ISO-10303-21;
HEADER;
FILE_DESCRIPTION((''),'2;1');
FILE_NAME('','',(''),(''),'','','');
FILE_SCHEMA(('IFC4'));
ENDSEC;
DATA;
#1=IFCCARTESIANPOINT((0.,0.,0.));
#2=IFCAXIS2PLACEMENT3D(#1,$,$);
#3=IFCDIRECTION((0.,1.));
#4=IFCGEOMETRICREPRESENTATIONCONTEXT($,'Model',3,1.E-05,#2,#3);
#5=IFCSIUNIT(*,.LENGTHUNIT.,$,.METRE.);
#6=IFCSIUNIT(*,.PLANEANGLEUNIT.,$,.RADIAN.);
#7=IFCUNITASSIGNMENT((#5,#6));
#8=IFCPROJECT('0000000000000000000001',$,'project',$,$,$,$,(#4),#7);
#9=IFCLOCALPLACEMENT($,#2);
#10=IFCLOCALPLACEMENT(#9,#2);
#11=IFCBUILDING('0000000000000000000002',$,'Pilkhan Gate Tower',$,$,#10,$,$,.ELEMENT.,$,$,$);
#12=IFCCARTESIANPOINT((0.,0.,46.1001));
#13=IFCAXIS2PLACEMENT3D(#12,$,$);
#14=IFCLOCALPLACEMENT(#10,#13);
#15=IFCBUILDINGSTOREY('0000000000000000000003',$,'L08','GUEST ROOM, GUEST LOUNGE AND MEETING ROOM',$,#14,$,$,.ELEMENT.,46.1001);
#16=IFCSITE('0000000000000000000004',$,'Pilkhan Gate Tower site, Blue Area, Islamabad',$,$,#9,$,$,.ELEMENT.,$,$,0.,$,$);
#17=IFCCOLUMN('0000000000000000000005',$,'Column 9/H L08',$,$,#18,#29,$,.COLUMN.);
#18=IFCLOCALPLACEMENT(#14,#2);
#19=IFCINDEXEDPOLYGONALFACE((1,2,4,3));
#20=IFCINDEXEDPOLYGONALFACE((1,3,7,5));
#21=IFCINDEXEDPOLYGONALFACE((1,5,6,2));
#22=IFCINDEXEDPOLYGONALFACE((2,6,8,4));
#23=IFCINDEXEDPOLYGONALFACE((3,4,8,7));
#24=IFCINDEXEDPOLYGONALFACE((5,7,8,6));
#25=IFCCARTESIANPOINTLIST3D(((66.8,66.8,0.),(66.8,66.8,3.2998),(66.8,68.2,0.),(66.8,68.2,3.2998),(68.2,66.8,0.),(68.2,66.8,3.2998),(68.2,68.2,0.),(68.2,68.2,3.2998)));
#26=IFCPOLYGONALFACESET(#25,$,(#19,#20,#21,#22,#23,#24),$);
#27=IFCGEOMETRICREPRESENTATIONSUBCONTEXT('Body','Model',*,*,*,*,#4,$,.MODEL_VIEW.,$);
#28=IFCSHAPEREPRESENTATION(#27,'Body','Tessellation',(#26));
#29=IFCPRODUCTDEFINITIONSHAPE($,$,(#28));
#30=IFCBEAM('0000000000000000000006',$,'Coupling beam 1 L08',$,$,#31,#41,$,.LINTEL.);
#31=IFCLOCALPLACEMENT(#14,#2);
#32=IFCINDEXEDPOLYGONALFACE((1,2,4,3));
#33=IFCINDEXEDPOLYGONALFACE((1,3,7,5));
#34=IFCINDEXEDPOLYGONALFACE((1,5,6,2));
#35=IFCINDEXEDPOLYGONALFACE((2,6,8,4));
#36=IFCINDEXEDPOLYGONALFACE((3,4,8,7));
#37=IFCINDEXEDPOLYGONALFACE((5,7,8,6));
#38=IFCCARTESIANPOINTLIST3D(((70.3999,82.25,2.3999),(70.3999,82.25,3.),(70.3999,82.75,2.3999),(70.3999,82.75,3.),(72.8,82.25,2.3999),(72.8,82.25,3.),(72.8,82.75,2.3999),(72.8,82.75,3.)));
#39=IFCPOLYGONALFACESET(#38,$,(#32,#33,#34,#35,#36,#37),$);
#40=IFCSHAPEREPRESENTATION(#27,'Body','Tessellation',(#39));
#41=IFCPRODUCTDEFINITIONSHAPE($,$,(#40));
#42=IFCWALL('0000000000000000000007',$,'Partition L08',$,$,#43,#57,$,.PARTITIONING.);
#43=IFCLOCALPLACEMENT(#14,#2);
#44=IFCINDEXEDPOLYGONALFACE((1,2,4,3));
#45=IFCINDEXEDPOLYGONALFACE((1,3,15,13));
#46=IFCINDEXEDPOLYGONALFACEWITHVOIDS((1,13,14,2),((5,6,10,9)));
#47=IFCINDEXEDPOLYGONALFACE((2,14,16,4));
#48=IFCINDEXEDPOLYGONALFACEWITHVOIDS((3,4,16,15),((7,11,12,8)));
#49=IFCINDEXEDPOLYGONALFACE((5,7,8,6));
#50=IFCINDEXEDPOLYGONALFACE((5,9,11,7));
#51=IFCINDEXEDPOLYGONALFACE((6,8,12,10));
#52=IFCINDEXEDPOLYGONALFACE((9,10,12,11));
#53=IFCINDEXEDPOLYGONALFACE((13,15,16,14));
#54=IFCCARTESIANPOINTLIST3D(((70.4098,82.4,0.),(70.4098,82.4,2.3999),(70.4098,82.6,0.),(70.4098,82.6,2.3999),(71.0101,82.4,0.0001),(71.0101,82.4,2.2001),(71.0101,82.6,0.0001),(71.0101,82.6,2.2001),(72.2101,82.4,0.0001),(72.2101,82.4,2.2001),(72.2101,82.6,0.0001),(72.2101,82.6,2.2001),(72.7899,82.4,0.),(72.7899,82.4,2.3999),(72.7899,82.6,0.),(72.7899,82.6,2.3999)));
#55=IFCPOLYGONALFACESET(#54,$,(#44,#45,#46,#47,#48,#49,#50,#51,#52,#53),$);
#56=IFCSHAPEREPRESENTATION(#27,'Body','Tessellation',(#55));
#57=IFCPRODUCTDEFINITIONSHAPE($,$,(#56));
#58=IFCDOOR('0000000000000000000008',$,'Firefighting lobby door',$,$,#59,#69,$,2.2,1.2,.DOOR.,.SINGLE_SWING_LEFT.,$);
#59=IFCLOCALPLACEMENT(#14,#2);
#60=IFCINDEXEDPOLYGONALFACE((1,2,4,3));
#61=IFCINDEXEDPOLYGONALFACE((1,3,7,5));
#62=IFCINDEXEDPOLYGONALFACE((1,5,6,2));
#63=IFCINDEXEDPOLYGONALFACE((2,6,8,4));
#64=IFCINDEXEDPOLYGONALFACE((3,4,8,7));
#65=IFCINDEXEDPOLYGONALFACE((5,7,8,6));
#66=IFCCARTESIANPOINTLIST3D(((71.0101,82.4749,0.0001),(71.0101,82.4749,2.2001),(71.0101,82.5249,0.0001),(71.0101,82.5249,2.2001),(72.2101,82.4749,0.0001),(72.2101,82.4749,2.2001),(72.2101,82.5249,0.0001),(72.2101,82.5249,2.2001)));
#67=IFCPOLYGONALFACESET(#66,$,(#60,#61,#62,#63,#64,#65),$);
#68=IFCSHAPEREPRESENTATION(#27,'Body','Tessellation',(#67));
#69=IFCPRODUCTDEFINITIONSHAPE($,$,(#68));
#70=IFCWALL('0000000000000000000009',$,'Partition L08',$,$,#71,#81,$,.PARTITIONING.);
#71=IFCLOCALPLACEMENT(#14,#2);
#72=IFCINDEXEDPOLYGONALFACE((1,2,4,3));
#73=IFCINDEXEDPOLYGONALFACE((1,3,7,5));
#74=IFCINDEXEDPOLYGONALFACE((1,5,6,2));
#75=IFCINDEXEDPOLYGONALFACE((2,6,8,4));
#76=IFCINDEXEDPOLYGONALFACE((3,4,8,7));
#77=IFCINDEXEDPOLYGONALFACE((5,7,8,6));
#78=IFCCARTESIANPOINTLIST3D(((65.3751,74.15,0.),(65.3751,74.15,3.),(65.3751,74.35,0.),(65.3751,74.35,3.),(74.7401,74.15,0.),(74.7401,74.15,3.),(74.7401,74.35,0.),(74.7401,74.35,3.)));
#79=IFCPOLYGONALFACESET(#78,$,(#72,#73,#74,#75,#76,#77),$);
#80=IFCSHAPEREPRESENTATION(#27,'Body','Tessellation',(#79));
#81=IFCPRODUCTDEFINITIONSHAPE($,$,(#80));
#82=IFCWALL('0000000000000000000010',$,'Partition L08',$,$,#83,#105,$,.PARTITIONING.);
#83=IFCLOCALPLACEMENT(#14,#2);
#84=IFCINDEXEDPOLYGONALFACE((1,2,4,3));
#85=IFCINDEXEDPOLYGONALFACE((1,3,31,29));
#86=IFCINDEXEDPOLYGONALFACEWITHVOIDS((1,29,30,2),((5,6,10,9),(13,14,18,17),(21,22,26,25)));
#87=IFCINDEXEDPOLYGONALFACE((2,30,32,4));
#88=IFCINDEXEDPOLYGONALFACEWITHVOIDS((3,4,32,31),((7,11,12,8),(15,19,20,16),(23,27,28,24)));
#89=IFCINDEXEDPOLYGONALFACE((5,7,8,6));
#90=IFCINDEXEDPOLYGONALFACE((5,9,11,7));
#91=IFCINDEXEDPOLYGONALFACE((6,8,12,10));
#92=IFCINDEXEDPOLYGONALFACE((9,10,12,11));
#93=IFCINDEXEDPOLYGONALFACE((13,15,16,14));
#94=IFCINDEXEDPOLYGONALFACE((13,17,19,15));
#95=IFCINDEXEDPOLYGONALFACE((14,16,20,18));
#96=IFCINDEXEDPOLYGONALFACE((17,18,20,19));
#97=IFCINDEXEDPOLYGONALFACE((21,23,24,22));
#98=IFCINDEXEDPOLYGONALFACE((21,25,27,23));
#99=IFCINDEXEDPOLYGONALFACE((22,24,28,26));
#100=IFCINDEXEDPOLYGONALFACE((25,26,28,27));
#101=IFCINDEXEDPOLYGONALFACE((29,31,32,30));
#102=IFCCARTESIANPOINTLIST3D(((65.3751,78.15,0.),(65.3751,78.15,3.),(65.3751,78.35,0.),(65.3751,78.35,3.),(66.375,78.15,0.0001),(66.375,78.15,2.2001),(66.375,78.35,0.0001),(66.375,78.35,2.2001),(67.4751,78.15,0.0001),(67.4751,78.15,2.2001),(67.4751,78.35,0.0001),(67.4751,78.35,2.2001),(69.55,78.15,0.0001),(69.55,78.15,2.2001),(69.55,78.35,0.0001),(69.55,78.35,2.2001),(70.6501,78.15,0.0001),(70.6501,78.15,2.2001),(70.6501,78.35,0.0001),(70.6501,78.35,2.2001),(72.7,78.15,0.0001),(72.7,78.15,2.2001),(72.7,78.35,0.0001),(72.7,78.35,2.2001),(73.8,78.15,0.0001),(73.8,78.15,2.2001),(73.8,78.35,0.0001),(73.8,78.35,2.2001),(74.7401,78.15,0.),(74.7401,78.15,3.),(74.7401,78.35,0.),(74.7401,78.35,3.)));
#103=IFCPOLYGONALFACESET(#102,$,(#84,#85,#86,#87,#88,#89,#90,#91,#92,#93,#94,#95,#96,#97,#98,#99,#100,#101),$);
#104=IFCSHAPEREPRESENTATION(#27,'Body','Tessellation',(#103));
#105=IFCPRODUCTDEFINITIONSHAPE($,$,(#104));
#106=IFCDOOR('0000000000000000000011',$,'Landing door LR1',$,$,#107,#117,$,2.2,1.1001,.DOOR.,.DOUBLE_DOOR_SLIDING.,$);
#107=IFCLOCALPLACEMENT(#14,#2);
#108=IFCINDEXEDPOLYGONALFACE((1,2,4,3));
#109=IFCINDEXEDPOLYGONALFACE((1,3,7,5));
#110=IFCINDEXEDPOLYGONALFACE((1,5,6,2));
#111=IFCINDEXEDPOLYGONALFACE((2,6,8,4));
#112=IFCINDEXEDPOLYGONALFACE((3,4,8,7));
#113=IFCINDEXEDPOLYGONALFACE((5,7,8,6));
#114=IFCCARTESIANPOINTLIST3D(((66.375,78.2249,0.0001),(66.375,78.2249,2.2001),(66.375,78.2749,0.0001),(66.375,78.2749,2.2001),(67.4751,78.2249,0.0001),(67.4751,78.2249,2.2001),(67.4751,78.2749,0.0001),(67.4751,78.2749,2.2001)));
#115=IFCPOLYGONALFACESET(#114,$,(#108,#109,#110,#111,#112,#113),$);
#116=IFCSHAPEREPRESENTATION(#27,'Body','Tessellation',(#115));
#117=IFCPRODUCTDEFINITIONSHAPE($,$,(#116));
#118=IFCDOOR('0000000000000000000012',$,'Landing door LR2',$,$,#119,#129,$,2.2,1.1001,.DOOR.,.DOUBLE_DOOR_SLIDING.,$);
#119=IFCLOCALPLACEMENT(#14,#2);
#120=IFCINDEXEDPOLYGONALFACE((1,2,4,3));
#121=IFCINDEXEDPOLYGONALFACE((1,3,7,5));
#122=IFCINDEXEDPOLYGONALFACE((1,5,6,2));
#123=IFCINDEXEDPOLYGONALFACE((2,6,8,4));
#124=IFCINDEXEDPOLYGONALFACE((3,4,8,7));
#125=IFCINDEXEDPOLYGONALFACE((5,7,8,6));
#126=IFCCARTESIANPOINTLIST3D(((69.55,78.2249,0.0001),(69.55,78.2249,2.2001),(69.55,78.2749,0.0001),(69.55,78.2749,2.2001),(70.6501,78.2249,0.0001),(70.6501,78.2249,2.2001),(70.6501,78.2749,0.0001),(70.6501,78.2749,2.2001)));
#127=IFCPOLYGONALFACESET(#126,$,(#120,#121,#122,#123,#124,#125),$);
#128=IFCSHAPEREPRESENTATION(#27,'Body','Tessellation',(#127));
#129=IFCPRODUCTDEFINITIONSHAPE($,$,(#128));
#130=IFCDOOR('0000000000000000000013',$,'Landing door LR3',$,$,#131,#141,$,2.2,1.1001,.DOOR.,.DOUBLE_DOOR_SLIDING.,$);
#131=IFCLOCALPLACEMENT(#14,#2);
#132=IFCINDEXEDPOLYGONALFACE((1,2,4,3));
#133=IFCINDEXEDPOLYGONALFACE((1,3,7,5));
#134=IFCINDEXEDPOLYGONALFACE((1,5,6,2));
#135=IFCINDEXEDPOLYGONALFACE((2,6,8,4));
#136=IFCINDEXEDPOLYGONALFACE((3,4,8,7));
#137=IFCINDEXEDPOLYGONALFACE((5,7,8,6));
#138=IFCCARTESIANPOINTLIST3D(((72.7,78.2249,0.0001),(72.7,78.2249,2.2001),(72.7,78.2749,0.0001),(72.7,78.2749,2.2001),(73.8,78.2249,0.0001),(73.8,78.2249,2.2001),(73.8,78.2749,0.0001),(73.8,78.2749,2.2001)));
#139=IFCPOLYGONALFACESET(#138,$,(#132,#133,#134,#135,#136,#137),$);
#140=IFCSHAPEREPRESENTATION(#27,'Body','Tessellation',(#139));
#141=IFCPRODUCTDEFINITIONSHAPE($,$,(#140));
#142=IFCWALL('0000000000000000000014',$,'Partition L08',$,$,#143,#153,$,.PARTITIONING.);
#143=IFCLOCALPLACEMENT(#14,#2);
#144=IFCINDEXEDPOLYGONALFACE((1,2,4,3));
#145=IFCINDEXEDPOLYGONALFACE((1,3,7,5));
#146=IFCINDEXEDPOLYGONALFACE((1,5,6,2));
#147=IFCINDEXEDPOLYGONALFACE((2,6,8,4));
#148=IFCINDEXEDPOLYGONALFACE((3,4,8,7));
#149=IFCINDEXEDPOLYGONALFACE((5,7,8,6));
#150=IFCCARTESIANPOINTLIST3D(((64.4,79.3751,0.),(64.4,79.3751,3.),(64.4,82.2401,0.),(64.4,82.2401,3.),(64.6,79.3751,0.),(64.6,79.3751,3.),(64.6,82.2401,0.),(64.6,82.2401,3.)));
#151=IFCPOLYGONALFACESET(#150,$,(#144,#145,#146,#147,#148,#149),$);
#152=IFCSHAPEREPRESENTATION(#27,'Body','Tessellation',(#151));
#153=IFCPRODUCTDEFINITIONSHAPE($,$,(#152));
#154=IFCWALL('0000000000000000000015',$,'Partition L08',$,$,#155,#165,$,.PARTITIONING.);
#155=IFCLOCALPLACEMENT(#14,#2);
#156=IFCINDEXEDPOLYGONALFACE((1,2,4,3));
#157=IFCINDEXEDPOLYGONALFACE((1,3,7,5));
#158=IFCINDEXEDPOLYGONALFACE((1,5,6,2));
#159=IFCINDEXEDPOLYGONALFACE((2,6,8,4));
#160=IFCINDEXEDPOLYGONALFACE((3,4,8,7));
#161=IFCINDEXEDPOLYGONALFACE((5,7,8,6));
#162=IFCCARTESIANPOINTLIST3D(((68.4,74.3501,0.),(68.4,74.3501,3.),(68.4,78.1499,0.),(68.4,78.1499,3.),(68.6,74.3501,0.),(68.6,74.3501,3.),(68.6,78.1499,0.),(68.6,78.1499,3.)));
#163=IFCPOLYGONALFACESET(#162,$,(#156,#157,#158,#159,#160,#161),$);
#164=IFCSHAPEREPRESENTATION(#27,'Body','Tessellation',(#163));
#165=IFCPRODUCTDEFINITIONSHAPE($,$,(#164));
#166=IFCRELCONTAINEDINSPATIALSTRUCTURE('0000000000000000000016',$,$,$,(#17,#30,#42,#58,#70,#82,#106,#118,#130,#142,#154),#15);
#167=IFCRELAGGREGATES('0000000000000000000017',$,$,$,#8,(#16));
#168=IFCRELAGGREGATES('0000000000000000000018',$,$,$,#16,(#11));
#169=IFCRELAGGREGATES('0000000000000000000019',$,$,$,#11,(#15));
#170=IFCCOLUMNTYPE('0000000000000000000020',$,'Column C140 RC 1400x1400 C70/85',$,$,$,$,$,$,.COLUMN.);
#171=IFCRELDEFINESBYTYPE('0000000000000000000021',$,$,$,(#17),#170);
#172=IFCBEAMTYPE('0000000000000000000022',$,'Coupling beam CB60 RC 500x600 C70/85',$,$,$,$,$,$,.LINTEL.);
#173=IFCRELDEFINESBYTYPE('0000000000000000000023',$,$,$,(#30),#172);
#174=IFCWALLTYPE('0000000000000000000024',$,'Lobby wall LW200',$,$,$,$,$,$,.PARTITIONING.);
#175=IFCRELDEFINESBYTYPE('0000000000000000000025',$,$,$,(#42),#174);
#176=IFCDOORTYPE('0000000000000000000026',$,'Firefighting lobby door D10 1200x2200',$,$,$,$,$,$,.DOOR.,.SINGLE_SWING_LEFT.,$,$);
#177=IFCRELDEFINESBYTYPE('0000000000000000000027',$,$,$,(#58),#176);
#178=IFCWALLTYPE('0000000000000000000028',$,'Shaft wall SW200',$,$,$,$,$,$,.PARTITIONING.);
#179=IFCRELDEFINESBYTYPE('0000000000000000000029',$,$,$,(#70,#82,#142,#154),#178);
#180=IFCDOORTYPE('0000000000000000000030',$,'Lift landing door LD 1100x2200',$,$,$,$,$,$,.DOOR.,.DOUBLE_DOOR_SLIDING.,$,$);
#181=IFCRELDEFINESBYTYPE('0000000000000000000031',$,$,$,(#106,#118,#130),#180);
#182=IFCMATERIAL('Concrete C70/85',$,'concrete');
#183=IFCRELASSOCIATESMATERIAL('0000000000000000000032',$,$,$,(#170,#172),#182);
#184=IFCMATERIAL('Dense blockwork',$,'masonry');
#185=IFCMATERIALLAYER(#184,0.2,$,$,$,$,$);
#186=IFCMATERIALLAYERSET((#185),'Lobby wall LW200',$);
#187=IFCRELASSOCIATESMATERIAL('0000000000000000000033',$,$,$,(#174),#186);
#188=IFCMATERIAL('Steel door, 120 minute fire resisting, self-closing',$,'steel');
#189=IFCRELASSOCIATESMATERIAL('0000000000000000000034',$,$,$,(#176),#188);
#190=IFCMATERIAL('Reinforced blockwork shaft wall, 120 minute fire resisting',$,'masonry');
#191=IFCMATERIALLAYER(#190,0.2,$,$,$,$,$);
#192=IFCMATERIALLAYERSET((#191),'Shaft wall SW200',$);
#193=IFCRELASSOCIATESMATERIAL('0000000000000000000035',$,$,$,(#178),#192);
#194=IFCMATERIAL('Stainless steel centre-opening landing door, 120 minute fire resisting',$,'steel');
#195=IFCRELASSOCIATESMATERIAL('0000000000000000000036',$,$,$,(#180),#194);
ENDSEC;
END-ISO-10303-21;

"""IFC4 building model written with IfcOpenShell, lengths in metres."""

from ifc_helpers import new_model, si_unit, direction, frame, frame_2d, origin, origin_2d, place, context, subcontext, project, spatial, rectangle, extrude, material, layer, layer_set, material_profile, profile_set, type_object, element, fill, save


model = new_model("IFC4")

# Units and contexts
model_context = context("Model", 3, precision=1e-05, world=origin(), true_north=direction((0.0, 1.0)))
body_context = subcontext(model_context, "Body", "Model", "MODEL_VIEW")
ifc_project = project(units=[si_unit("LENGTHUNIT", "METRE"), si_unit("PLANEANGLEUNIT", "RADIAN")], contexts=[model_context])

# Site, building, storey
site_placement = place(None, origin())
site = spatial("IfcSite", under=ifc_project, at=site_placement, Name="Pilkhan Gate Tower site, Blue Area, Islamabad", CompositionType="ELEMENT", RefElevation=0.0)
building_placement = place(site_placement, origin())
building = spatial("IfcBuilding", under=site, at=building_placement, Name="Pilkhan Gate Tower", CompositionType="ELEMENT")
storey_placement = place(building_placement, frame((0.0, 0.0, 46.1001)))
storey = spatial("IfcBuildingStorey", under=building, at=storey_placement, Name="L08", Description="GUEST ROOM, GUEST LOUNGE AND MEETING ROOM", CompositionType="ELEMENT", Elevation=46.1001)

# Column
ifc_material_1 = material(Name="Concrete C70/85", Category="concrete")
ifc_material_profile_1 = material_profile(ifc_material_1, rectangle(XDim=1.3999, YDim=1.3999, at=origin_2d()), Name="RC 1400x1400")
ifc_profile_set_1 = profile_set([ifc_material_profile_1], Name="Concrete C70/85")
column_type = type_object("IfcColumnType", Name="Column C140 RC 1400x1400 C70/85", PredefinedType="COLUMN", material=ifc_profile_set_1)
column_placement = place(storey_placement, frame((67.5, 67.5, 0.0), z_axis=(0.0, 0.0, 1.0), x_axis=(1.0, 0.0, 0.0)))
element("IfcColumn", 1, at=column_placement, inside=storey, type_object=column_type, Name="Column 9/H L08", PredefinedType="COLUMN", context=body_context, shape_type="SweptSolid", body=[
    extrude(rectangle(XDim=1.3999, YDim=1.3999, at=origin_2d()), origin(), (0.0, 0.0, 1.0), 3.2998),
])

# Beam
ifc_material_profile_2 = material_profile(ifc_material_1, rectangle(XDim=0.5, YDim=0.6001, at=origin_2d()), Name="RC 500x600")
ifc_profile_set_2 = profile_set([ifc_material_profile_2], Name="Concrete C70/85")
beam_type = type_object("IfcBeamType", Name="Coupling beam CB60 RC 500x600 C70/85", PredefinedType="LINTEL", material=ifc_profile_set_2)
beam_placement = place(storey_placement, frame((70.3999, 82.5, 2.7), z_axis=(1.0, 0.0, 0.0), x_axis=(0.0, 1.0, 0.0)))
element("IfcBeam", 2, at=beam_placement, inside=storey, type_object=beam_type, Name="Coupling beam 1 L08", PredefinedType="LINTEL", context=body_context, shape_type="SweptSolid", body=[
    extrude(rectangle(XDim=0.5, YDim=0.6001, at=origin_2d()), origin(), (0.0, 0.0, 1.0), 2.4001),
])

# Wall, opening, door
ifc_material_2 = material(Name="Dense blockwork", Category="masonry")
ifc_layer_1 = layer(ifc_material_2, 0.2)
ifc_layer_set_1 = layer_set([ifc_layer_1], Name="Lobby wall LW200")
wall_type_1 = type_object("IfcWallType", Name="Lobby wall LW200", PredefinedType="PARTITIONING", material=ifc_layer_set_1)
wall_1_placement = place(storey_placement, frame((70.4099, 82.5, 0.0), z_axis=(0.0, 0.0, 1.0), x_axis=(1.0, 0.0, 0.0)))
wall_1 = element("IfcWall", 3, at=wall_1_placement, inside=storey, type_object=wall_type_1, Name="Partition L08", PredefinedType="PARTITIONING", context=body_context, shape_type="SweptSolid", body=[
    extrude(rectangle(XDim=2.3801, YDim=0.2, at=frame_2d((1.1899, 0.0))), origin(), (0.0, 0.0, 1.0), 2.3999),
])
opening_1_placement = place(wall_1_placement, frame((0.6001, 0.0, 0.0)))
opening_1 = element("IfcOpeningElement", 4, at=opening_1_placement, cuts=wall_1, PredefinedType="OPENING", context=body_context, shape_type="SweptSolid", body=[
    extrude(rectangle(XDim=1.2, YDim=2.2, at=frame_2d((0.6001, 1.1001))), frame((0.0, 0.1099, 0.0), z_axis=(0.0, -1.0, 0.0), x_axis=(1.0, 0.0, 0.0)), (0.0, 0.0, 1.0), 0.22),
])
ifc_material_3 = material(Name="Steel door, 120 minute fire resisting, self-closing", Category="steel")
door_type_1 = type_object("IfcDoorType", Name="Firefighting lobby door D10 1200x2200", OperationType="SINGLE_SWING_LEFT", PredefinedType="DOOR", material=ifc_material_3)
door_1_placement = place(opening_1_placement, origin())
door_1 = element("IfcDoor", 5, at=door_1_placement, inside=storey, type_object=door_type_1, Name="Firefighting lobby door", OperationType="SINGLE_SWING_LEFT", OverallHeight=2.2, OverallWidth=1.2, PredefinedType="DOOR", context=body_context, shape_type="SweptSolid", body=[
    extrude(rectangle(XDim=1.2, YDim=2.2, at=frame_2d((0.6001, 1.1001))), frame((0.0, 0.0249, 0.0), z_axis=(0.0, -1.0, 0.0), x_axis=(1.0, 0.0, 0.0)), (0.0, 0.0, 1.0), 0.05),
])
fill(opening_1, door_1)

# Wall
ifc_material_4 = material(Name="Reinforced blockwork shaft wall, 120 minute fire resisting", Category="masonry")
ifc_layer_2 = layer(ifc_material_4, 0.2)
ifc_layer_set_2 = layer_set([ifc_layer_2], Name="Shaft wall SW200")
wall_type_2 = type_object("IfcWallType", Name="Shaft wall SW200", PredefinedType="PARTITIONING", material=ifc_layer_set_2)
wall_2_placement = place(storey_placement, frame((65.375, 74.25, 0.0), z_axis=(0.0, 0.0, 1.0), x_axis=(1.0, 0.0, 0.0)))
element("IfcWall", 6, at=wall_2_placement, inside=storey, type_object=wall_type_2, Name="Partition L08", PredefinedType="PARTITIONING", context=body_context, shape_type="SweptSolid", body=[
    extrude(rectangle(XDim=9.365, YDim=0.2, at=frame_2d((4.6826, 0.0))), origin(), (0.0, 0.0, 1.0), 3.0),
])

# Wall, openings, doors
wall_3_placement = place(storey_placement, frame((65.375, 78.25, 0.0), z_axis=(0.0, 0.0, 1.0), x_axis=(1.0, 0.0, 0.0)))
wall_3 = element("IfcWall", 7, at=wall_3_placement, inside=storey, type_object=wall_type_2, Name="Partition L08", PredefinedType="PARTITIONING", context=body_context, shape_type="SweptSolid", body=[
    extrude(rectangle(XDim=9.365, YDim=0.2, at=frame_2d((4.6826, 0.0))), origin(), (0.0, 0.0, 1.0), 3.0),
])
opening_2_placement = place(wall_3_placement, frame((1.0, 0.0, 0.0)))
opening_2 = element("IfcOpeningElement", 8, at=opening_2_placement, cuts=wall_3, PredefinedType="OPENING", context=body_context, shape_type="SweptSolid", body=[
    extrude(rectangle(XDim=1.1001, YDim=2.2, at=frame_2d((0.55, 1.1001))), frame((0.0, 0.1099, 0.0), z_axis=(0.0, -1.0, 0.0), x_axis=(1.0, 0.0, 0.0)), (0.0, 0.0, 1.0), 0.22),
])
opening_3_placement = place(wall_3_placement, frame((4.175, 0.0, 0.0)))
opening_3 = element("IfcOpeningElement", 9, at=opening_3_placement, cuts=wall_3, PredefinedType="OPENING", context=body_context, shape_type="SweptSolid", body=[
    extrude(rectangle(XDim=1.1001, YDim=2.2, at=frame_2d((0.55, 1.1001))), frame((0.0, 0.1099, 0.0), z_axis=(0.0, -1.0, 0.0), x_axis=(1.0, 0.0, 0.0)), (0.0, 0.0, 1.0), 0.22),
])
opening_4_placement = place(wall_3_placement, frame((7.325, 0.0, 0.0)))
opening_4 = element("IfcOpeningElement", 10, at=opening_4_placement, cuts=wall_3, PredefinedType="OPENING", context=body_context, shape_type="SweptSolid", body=[
    extrude(rectangle(XDim=1.1001, YDim=2.2, at=frame_2d((0.55, 1.1001))), frame((0.0, 0.1099, 0.0), z_axis=(0.0, -1.0, 0.0), x_axis=(1.0, 0.0, 0.0)), (0.0, 0.0, 1.0), 0.22),
])
ifc_material_5 = material(Name="Stainless steel centre-opening landing door, 120 minute fire resisting", Category="steel")
door_type_2 = type_object("IfcDoorType", Name="Lift landing door LD 1100x2200", OperationType="DOUBLE_DOOR_SLIDING", PredefinedType="DOOR", material=ifc_material_5)
door_2_placement = place(opening_2_placement, origin())
door_2 = element("IfcDoor", 11, at=door_2_placement, inside=storey, type_object=door_type_2, Name="Landing door LR1", OperationType="DOUBLE_DOOR_SLIDING", OverallHeight=2.2, OverallWidth=1.1001, PredefinedType="DOOR", context=body_context, shape_type="SweptSolid", body=[
    extrude(rectangle(XDim=1.1001, YDim=2.2, at=frame_2d((0.55, 1.1001))), frame((0.0, 0.0249, 0.0), z_axis=(0.0, -1.0, 0.0), x_axis=(1.0, 0.0, 0.0)), (0.0, 0.0, 1.0), 0.05),
])
fill(opening_2, door_2)
door_3_placement = place(opening_3_placement, origin())
door_3 = element("IfcDoor", 12, at=door_3_placement, inside=storey, type_object=door_type_2, Name="Landing door LR2", OperationType="DOUBLE_DOOR_SLIDING", OverallHeight=2.2, OverallWidth=1.1001, PredefinedType="DOOR", context=body_context, shape_type="SweptSolid", body=[
    extrude(rectangle(XDim=1.1001, YDim=2.2, at=frame_2d((0.55, 1.1001))), frame((0.0, 0.0249, 0.0), z_axis=(0.0, -1.0, 0.0), x_axis=(1.0, 0.0, 0.0)), (0.0, 0.0, 1.0), 0.05),
])
fill(opening_3, door_3)
door_4_placement = place(opening_4_placement, origin())
door_4 = element("IfcDoor", 13, at=door_4_placement, inside=storey, type_object=door_type_2, Name="Landing door LR3", OperationType="DOUBLE_DOOR_SLIDING", OverallHeight=2.2, OverallWidth=1.1001, PredefinedType="DOOR", context=body_context, shape_type="SweptSolid", body=[
    extrude(rectangle(XDim=1.1001, YDim=2.2, at=frame_2d((0.55, 1.1001))), frame((0.0, 0.0249, 0.0), z_axis=(0.0, -1.0, 0.0), x_axis=(1.0, 0.0, 0.0)), (0.0, 0.0, 1.0), 0.05),
])
fill(opening_4, door_4)

# Walls
wall_4_placement = place(storey_placement, frame((64.5, 79.375, 0.0), z_axis=(0.0, 0.0, 1.0), x_axis=(0.0, 1.0, 0.0)))
element("IfcWall", 14, at=wall_4_placement, inside=storey, type_object=wall_type_2, Name="Partition L08", PredefinedType="PARTITIONING", context=body_context, shape_type="SweptSolid", body=[
    extrude(rectangle(XDim=2.865, YDim=0.2, at=frame_2d((1.4326, 0.0))), origin(), (0.0, 0.0, 1.0), 3.0),
])
for number, where, z_axis, x_axis, name in (
    (15, (68.5, 74.3501, 0.0), (0.0, 0.0, 1.0), (0.0, 1.0, 0.0), "Partition L08"),
):
    element("IfcWall", number, at=place(storey_placement, frame(where, z_axis=z_axis, x_axis=x_axis)), inside=storey, type_object=wall_type_2, Name=name, PredefinedType="PARTITIONING", context=body_context, shape_type="SweptSolid", body=[
        extrude(rectangle(XDim=3.7998, YDim=0.2, at=frame_2d((1.8999, 0.0))), origin(), (0.0, 0.0, 1.0), 3.0),
    ])

save(model, "model.ifc")
